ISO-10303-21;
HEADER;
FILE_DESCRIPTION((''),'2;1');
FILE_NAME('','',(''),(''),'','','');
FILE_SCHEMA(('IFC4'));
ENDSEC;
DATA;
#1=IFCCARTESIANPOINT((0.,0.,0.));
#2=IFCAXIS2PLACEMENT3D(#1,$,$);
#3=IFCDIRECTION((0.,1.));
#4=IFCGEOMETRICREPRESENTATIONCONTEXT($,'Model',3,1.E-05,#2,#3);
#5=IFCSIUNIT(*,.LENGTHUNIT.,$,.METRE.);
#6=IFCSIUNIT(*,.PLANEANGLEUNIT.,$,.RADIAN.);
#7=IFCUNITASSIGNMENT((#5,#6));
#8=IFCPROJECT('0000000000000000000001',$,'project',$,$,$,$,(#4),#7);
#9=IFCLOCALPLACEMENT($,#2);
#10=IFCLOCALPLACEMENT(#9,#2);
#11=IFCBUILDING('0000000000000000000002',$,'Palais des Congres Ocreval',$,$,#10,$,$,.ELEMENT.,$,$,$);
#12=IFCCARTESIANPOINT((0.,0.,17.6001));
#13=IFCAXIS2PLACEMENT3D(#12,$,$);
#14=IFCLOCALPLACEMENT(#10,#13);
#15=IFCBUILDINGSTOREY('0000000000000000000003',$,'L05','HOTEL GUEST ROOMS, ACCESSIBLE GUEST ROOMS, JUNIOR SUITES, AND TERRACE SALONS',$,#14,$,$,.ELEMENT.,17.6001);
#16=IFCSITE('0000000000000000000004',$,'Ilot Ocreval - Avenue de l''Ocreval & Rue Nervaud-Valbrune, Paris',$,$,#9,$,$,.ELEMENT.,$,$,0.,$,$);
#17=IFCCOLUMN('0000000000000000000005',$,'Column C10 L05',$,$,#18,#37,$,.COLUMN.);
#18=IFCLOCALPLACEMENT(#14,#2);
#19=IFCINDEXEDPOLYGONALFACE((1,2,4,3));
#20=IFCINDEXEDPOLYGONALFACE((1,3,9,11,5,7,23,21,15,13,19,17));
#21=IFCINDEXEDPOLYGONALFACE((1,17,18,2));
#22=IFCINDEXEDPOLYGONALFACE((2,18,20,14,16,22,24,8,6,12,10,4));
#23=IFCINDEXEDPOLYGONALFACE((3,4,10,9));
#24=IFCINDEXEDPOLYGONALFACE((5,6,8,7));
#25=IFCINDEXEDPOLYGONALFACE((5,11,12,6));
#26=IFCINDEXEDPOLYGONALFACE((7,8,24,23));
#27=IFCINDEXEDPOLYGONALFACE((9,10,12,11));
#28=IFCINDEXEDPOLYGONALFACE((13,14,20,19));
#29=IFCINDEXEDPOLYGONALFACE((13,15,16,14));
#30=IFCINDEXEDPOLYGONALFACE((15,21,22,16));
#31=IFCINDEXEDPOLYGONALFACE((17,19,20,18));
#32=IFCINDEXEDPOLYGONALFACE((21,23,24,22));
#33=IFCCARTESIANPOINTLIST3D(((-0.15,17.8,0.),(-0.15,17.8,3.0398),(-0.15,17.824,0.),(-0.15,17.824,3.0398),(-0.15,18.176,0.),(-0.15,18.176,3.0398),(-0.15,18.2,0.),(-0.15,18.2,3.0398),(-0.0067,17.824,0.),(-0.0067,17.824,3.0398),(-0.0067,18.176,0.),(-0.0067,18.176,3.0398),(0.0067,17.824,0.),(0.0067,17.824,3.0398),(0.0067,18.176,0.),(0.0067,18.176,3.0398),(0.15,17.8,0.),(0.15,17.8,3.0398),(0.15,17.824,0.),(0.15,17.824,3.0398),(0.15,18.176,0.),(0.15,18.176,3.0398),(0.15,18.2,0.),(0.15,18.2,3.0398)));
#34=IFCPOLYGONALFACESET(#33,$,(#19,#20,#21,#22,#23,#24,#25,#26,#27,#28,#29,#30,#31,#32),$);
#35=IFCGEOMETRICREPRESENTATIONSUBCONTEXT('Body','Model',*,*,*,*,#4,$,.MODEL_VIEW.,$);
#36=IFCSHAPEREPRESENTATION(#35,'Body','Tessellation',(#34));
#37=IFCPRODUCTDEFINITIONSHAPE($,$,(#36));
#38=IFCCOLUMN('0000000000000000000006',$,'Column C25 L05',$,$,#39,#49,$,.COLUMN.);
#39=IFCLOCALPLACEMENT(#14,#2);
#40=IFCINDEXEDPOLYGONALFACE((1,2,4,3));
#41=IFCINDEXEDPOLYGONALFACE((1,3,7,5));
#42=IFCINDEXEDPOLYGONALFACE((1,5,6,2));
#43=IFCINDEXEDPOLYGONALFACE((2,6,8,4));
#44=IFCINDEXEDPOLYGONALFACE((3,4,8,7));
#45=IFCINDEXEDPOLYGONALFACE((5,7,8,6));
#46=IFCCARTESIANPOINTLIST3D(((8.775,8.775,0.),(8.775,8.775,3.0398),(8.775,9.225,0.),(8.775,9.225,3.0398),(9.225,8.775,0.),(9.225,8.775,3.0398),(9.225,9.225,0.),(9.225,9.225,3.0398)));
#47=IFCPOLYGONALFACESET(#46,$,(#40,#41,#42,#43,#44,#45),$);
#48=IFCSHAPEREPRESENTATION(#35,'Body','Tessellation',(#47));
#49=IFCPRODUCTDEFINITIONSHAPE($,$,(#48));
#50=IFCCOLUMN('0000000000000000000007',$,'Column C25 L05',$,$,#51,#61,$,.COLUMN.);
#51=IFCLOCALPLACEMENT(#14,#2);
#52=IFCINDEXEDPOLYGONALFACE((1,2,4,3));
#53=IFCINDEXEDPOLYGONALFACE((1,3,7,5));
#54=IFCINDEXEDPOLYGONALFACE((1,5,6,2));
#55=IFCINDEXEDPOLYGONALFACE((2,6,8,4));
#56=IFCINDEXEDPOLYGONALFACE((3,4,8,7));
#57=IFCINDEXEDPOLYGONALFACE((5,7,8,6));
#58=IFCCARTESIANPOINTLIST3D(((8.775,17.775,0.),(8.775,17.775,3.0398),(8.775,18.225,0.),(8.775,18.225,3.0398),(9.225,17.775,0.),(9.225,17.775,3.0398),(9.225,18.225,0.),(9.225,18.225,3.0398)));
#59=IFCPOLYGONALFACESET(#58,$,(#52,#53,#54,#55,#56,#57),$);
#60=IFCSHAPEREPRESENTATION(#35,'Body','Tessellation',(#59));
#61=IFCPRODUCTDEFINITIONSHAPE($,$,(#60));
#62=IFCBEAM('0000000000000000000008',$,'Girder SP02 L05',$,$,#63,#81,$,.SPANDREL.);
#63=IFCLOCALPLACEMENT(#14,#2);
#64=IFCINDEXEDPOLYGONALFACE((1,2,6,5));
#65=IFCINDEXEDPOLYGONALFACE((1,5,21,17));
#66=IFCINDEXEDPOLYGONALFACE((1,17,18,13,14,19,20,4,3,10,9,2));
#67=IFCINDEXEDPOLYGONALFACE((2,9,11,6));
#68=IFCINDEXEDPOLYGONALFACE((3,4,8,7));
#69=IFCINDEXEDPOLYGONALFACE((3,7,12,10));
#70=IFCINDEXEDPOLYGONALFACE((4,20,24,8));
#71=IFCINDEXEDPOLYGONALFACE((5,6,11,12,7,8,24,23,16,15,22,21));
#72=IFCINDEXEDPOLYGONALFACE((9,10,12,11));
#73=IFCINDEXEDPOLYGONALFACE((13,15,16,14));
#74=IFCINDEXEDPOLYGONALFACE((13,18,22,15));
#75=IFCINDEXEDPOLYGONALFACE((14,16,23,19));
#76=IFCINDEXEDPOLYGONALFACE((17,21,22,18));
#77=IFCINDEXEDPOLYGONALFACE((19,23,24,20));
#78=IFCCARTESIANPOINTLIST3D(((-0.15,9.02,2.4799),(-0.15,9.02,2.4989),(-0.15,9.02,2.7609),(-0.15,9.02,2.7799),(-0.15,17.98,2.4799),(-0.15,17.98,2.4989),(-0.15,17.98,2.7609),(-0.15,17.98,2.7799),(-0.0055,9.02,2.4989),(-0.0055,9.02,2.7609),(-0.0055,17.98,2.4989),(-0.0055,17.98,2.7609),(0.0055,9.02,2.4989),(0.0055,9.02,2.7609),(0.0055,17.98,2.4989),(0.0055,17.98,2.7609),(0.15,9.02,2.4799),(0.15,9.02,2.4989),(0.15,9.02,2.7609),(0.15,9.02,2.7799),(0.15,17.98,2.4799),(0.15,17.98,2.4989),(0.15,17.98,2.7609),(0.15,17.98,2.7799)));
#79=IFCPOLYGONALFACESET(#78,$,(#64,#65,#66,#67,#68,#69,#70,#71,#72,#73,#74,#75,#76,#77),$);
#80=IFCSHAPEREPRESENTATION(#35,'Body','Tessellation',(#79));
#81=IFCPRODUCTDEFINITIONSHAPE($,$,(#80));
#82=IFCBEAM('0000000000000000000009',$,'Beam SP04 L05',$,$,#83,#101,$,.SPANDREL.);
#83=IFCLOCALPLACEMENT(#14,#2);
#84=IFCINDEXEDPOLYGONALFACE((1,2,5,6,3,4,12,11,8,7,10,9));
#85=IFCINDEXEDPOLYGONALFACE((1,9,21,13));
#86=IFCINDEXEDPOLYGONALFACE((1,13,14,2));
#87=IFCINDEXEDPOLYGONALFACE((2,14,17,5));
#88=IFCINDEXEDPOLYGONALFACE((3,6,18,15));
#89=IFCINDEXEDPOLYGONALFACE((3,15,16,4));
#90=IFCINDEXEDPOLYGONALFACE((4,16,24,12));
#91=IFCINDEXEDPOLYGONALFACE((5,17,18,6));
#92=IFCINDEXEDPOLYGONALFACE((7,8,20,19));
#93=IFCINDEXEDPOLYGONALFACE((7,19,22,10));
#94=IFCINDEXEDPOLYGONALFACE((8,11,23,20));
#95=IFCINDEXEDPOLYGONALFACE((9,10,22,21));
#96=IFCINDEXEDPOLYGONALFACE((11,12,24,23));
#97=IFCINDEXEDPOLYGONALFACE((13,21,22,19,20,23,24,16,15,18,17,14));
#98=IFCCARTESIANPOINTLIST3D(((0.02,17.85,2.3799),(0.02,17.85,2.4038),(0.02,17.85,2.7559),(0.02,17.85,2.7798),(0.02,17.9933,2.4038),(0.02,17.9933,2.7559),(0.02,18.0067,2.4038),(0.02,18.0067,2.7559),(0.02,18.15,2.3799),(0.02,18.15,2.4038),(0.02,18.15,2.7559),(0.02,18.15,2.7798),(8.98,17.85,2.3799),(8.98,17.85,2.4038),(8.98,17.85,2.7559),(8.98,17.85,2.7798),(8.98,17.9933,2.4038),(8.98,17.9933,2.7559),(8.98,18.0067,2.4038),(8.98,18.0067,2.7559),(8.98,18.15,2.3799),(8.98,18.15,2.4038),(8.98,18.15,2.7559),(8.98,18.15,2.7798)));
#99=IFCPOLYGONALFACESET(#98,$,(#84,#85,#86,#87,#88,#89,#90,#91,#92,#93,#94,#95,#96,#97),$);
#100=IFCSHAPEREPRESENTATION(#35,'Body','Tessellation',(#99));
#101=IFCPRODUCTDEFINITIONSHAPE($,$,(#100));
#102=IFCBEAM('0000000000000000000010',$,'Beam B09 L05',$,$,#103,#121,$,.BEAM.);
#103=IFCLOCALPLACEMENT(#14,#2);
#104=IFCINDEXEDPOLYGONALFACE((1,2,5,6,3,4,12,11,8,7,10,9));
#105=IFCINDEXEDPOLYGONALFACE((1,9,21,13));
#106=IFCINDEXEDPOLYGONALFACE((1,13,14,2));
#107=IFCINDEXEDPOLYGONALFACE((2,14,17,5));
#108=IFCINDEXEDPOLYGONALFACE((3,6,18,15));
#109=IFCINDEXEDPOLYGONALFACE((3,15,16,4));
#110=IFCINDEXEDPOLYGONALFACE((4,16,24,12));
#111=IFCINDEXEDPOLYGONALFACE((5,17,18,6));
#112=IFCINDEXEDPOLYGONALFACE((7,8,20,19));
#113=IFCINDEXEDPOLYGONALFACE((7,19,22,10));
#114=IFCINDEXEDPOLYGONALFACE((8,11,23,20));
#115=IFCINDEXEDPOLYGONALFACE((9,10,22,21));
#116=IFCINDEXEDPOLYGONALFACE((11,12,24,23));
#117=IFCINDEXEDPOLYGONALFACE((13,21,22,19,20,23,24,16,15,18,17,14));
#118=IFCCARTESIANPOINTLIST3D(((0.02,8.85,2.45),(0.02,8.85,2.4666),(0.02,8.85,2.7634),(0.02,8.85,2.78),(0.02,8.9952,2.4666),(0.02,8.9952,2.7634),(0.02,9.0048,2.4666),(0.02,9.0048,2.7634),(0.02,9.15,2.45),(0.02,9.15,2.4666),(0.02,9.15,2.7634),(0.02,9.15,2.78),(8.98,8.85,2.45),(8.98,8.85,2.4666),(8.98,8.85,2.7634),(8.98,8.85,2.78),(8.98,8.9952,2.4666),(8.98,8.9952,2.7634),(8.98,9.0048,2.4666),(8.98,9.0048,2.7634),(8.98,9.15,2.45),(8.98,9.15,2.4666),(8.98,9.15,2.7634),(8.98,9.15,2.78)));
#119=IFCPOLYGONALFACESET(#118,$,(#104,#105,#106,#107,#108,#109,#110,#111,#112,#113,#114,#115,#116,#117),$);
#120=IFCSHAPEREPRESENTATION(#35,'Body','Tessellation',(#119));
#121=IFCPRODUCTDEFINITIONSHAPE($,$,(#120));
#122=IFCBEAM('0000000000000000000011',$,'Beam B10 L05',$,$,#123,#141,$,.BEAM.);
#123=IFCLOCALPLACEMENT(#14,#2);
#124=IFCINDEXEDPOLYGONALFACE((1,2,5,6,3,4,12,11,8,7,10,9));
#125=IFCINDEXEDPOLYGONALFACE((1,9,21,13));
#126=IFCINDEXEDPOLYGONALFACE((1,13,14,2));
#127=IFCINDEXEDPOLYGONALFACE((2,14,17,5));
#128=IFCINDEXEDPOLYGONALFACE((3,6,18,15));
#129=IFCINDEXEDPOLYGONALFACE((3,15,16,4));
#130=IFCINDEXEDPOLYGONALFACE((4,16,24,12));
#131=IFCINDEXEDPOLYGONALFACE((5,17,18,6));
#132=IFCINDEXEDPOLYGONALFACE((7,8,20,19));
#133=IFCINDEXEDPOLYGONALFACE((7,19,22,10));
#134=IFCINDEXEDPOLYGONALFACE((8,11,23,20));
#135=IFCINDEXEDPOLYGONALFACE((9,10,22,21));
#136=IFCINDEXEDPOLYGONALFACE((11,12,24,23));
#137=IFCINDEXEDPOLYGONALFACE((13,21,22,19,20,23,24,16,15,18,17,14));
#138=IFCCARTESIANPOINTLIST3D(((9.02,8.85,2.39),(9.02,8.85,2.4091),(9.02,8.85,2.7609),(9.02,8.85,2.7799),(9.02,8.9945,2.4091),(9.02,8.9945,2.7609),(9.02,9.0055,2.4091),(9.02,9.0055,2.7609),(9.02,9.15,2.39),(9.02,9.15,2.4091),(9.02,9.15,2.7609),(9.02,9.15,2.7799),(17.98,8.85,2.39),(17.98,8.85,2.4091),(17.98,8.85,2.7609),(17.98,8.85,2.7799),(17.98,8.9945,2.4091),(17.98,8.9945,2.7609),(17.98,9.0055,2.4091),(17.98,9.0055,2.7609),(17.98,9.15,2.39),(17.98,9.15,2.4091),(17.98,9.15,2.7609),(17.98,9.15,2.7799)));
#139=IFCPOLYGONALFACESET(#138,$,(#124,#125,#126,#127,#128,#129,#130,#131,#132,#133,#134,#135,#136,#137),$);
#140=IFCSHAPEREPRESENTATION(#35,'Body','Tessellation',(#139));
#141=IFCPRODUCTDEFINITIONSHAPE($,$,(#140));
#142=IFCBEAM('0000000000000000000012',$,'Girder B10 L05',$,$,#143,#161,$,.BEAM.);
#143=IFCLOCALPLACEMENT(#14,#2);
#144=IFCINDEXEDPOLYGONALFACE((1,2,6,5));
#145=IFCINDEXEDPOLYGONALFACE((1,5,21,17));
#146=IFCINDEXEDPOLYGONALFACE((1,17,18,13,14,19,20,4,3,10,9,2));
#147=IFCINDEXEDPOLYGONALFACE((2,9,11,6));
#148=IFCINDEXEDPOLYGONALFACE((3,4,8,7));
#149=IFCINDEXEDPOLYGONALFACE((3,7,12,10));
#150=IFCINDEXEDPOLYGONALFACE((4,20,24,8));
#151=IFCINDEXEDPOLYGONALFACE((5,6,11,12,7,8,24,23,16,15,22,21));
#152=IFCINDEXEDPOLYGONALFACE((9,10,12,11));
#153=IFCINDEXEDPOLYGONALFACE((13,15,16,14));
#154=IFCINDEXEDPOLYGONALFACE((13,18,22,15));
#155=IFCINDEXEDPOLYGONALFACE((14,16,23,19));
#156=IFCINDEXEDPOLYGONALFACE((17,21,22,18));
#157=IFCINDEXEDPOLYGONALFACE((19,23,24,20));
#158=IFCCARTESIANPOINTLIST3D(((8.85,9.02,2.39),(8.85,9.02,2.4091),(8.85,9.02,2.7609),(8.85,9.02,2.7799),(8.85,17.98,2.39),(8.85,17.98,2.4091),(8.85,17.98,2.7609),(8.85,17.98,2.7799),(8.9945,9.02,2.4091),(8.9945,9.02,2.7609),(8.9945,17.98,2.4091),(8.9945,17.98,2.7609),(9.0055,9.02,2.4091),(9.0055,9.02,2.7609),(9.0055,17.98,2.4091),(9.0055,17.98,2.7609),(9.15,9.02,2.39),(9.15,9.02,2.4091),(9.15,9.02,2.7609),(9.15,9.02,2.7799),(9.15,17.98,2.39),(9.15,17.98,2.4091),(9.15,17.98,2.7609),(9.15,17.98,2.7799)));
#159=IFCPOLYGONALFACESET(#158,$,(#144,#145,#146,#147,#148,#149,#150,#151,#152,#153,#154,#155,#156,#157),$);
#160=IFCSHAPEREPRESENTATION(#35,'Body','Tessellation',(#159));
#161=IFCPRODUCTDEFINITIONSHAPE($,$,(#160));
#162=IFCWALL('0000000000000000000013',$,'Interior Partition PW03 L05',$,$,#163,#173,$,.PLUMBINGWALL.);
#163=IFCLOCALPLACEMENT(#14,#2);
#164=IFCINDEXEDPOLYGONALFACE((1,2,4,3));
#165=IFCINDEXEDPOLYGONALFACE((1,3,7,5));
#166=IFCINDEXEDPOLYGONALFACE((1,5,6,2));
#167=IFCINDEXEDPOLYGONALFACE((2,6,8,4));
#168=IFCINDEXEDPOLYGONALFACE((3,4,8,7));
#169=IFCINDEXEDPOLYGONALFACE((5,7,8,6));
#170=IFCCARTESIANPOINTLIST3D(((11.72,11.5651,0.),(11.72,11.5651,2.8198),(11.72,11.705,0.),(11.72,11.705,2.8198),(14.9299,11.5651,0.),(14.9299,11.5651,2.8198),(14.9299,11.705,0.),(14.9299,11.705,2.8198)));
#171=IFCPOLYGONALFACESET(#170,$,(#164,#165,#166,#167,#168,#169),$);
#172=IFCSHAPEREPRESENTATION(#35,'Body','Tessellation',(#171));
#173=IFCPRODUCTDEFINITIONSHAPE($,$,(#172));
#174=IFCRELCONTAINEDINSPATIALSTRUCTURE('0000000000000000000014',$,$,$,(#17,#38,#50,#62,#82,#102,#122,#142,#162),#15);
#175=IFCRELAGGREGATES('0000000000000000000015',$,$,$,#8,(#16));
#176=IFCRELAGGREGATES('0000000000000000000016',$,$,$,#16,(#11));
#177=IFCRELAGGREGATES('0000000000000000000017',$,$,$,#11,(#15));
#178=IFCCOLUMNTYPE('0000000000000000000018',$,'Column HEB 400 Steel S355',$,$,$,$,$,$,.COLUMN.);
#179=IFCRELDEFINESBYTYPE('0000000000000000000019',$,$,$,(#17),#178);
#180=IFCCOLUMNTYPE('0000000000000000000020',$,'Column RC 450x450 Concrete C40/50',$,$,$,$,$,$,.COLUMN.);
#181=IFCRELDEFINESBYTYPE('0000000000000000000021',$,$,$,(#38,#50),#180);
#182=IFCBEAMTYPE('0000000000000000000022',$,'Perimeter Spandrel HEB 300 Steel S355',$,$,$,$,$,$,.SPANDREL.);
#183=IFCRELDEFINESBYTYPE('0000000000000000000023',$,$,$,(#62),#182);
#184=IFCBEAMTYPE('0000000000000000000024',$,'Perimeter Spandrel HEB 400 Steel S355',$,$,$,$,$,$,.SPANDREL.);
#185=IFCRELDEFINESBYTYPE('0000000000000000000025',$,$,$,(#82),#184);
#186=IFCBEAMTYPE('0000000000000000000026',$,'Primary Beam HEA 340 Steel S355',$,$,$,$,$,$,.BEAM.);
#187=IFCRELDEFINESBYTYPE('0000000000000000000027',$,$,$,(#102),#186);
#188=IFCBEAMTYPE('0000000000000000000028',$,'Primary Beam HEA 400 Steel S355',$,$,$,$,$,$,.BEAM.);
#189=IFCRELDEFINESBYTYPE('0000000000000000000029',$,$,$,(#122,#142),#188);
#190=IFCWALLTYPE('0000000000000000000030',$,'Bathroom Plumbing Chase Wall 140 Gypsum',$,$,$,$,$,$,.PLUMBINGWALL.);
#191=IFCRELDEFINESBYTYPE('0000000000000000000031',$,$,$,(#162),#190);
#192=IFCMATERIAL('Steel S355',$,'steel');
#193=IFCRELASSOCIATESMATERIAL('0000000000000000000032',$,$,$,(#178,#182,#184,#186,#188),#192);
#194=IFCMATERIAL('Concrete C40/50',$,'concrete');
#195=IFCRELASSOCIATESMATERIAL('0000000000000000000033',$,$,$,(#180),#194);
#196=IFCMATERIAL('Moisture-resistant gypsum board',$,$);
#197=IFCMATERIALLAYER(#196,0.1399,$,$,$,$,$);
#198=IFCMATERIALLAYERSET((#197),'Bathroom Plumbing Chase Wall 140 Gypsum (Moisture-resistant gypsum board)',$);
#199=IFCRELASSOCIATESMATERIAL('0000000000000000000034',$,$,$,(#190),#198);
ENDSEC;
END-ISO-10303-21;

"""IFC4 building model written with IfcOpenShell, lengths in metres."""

from ifc_helpers import new_model, si_unit, direction, frame, frame_2d, origin, origin_2d, place, context, subcontext, project, spatial, rectangle, i_section, extrude, material, layer, layer_set, material_profile, profile_set, type_object, element, save


model = new_model("IFC4")

# Units and contexts
model_context = context("Model", 3, precision=1e-05, world=origin(), true_north=direction((0.0, 1.0)))
body_context = subcontext(model_context, "Body", "Model", "MODEL_VIEW")
ifc_project = project(units=[si_unit("LENGTHUNIT", "METRE"), si_unit("PLANEANGLEUNIT", "RADIAN")], contexts=[model_context])

# Site, building, storey
site_placement = place(None, origin())
site = spatial("IfcSite", under=ifc_project, at=site_placement, Name="Ilot Ocreval - Avenue de l'Ocreval & Rue Nervaud-Valbrune, Paris", CompositionType="ELEMENT", RefElevation=0.0)
building_placement = place(site_placement, origin())
building = spatial("IfcBuilding", under=site, at=building_placement, Name="Palais des Congres Ocreval", CompositionType="ELEMENT")
storey_placement = place(building_placement, frame((0.0, 0.0, 17.6001)))
storey = spatial("IfcBuildingStorey", under=building, at=storey_placement, Name="L05", Description="HOTEL GUEST ROOMS, ACCESSIBLE GUEST ROOMS, JUNIOR SUITES, AND TERRACE SALONS", CompositionType="ELEMENT", Elevation=17.6001)

# Columns
ifc_material_1 = material(Name="Steel S355", Category="steel")
ifc_material_profile_1 = material_profile(ifc_material_1, i_section(OverallWidth=0.3, OverallDepth=0.3999, WebThickness=0.0134, FlangeThickness=0.0239, at=origin_2d()), Name="HEB 400")
ifc_profile_set_1 = profile_set([ifc_material_profile_1], Name="Steel S355")
column_type_1 = type_object("IfcColumnType", Name="Column HEB 400 Steel S355", PredefinedType="COLUMN", material=ifc_profile_set_1)
column_placement = place(storey_placement, frame((0.0, 18.0, 0.0), z_axis=(0.0, 0.0, 1.0), x_axis=(1.0, 0.0, 0.0)))
element("IfcColumn", 1, at=column_placement, inside=storey, type_object=column_type_1, Name="Column C10 L05", PredefinedType="COLUMN", context=body_context, shape_type="SweptSolid", body=[
    extrude(i_section(OverallWidth=0.3, OverallDepth=0.3999, WebThickness=0.0134, FlangeThickness=0.0239, at=origin_2d()), origin(), (0.0, 0.0, 1.0), 3.0398),
])
ifc_material_2 = material(Name="Concrete C40/50", Category="concrete")
ifc_material_profile_2 = material_profile(ifc_material_2, rectangle(XDim=0.45, YDim=0.45, at=origin_2d()), Name="RC 450x450")
ifc_profile_set_2 = profile_set([ifc_material_profile_2], Name="Concrete C40/50")
column_type_2 = type_object("IfcColumnType", Name="Column RC 450x450 Concrete C40/50", PredefinedType="COLUMN", material=ifc_profile_set_2)
for number, where, z_axis, x_axis, name in (
    (2, (9.0, 9.0, 0.0), (0.0, 0.0, 1.0), (1.0, 0.0, 0.0), "Column C25 L05"),
    (3, (9.0, 18.0, 0.0), (0.0, 0.0, 1.0), (1.0, 0.0, 0.0), "Column C25 L05"),
):
    element("IfcColumn", number, at=place(storey_placement, frame(where, z_axis=z_axis, x_axis=x_axis)), inside=storey, type_object=column_type_2, Name=name, PredefinedType="COLUMN", context=body_context, shape_type="SweptSolid", body=[
        extrude(rectangle(XDim=0.45, YDim=0.45, at=origin_2d()), origin(), (0.0, 0.0, 1.0), 3.0398),
    ])

# Beams
ifc_material_profile_3 = material_profile(ifc_material_1, i_section(OverallWidth=0.3, OverallDepth=0.3, WebThickness=0.011, FlangeThickness=0.019, at=origin_2d()), Name="HEB 300")
ifc_profile_set_3 = profile_set([ifc_material_profile_3], Name="Steel S355")
beam_type_1 = type_object("IfcBeamType", Name="Perimeter Spandrel HEB 300 Steel S355", PredefinedType="SPANDREL", material=ifc_profile_set_3)
beam_1_placement = place(storey_placement, frame((0.0, 9.02, 2.6299), z_axis=(0.0, 1.0, 0.0), x_axis=(-1.0, 0.0, 0.0)))
element("IfcBeam", 4, at=beam_1_placement, inside=storey, type_object=beam_type_1, Name="Girder SP02 L05", PredefinedType="SPANDREL", context=body_context, shape_type="SweptSolid", body=[
    extrude(i_section(OverallWidth=0.3, OverallDepth=0.3, WebThickness=0.011, FlangeThickness=0.019, at=origin_2d()), origin(), (0.0, 0.0, 1.0), 8.96),
])
ifc_material_profile_4 = material_profile(ifc_material_1, i_section(OverallWidth=0.3, OverallDepth=0.3999, WebThickness=0.0134, FlangeThickness=0.0239, at=origin_2d()), Name="HEB 400")
ifc_profile_set_4 = profile_set([ifc_material_profile_4], Name="Steel S355")
beam_type_2 = type_object("IfcBeamType", Name="Perimeter Spandrel HEB 400 Steel S355", PredefinedType="SPANDREL", material=ifc_profile_set_4)
beam_2_placement = place(storey_placement, frame((0.02, 18.0, 2.5798), z_axis=(1.0, 0.0, 0.0), x_axis=(0.0, 1.0, 0.0)))
element("IfcBeam", 5, at=beam_2_placement, inside=storey, type_object=beam_type_2, Name="Beam SP04 L05", PredefinedType="SPANDREL", context=body_context, shape_type="SweptSolid", body=[
    extrude(i_section(OverallWidth=0.3, OverallDepth=0.3999, WebThickness=0.0134, FlangeThickness=0.0239, at=origin_2d()), origin(), (0.0, 0.0, 1.0), 8.96),
])
ifc_material_profile_5 = material_profile(ifc_material_1, i_section(OverallWidth=0.3, OverallDepth=0.3301, WebThickness=0.0095, FlangeThickness=0.0166, at=origin_2d()), Name="HEA 340")
ifc_profile_set_5 = profile_set([ifc_material_profile_5], Name="Steel S355")
beam_type_3 = type_object("IfcBeamType", Name="Primary Beam HEA 340 Steel S355", PredefinedType="BEAM", material=ifc_profile_set_5)
beam_3_placement = place(storey_placement, frame((0.02, 9.0, 2.615), z_axis=(1.0, 0.0, 0.0), x_axis=(0.0, 1.0, 0.0)))
element("IfcBeam", 6, at=beam_3_placement, inside=storey, type_object=beam_type_3, Name="Beam B09 L05", PredefinedType="BEAM", context=body_context, shape_type="SweptSolid", body=[
    extrude(i_section(OverallWidth=0.3, OverallDepth=0.3301, WebThickness=0.0095, FlangeThickness=0.0166, at=origin_2d()), origin(), (0.0, 0.0, 1.0), 8.96),
])
ifc_material_profile_6 = material_profile(ifc_material_1, i_section(OverallWidth=0.3, OverallDepth=0.3899, WebThickness=0.011, FlangeThickness=0.019, at=origin_2d()), Name="HEA 400")
ifc_profile_set_6 = profile_set([ifc_material_profile_6], Name="Steel S355")
beam_type_4 = type_object("IfcBeamType", Name="Primary Beam HEA 400 Steel S355", PredefinedType="BEAM", material=ifc_profile_set_6)
for number, where, z_axis, x_axis, name in (
    (7, (9.02, 9.0, 2.585), (1.0, 0.0, 0.0), (0.0, 1.0, 0.0), "Beam B10 L05"),
    (8, (9.0, 9.02, 2.585), (0.0, 1.0, 0.0), (-1.0, 0.0, 0.0), "Girder B10 L05"),
):
    element("IfcBeam", number, at=place(storey_placement, frame(where, z_axis=z_axis, x_axis=x_axis)), inside=storey, type_object=beam_type_4, Name=name, PredefinedType="BEAM", context=body_context, shape_type="SweptSolid", body=[
        extrude(i_section(OverallWidth=0.3, OverallDepth=0.3899, WebThickness=0.011, FlangeThickness=0.019, at=origin_2d()), origin(), (0.0, 0.0, 1.0), 8.96),
    ])

# Wall
ifc_material_3 = material(Name="Moisture-resistant gypsum board")
ifc_layer_1 = layer(ifc_material_3, 0.1399)
ifc_layer_set_1 = layer_set([ifc_layer_1], Name="Bathroom Plumbing Chase Wall 140 Gypsum (Moisture-resistant gypsum board)")
wall_type_1 = type_object("IfcWallType", Name="Bathroom Plumbing Chase Wall 140 Gypsum", PredefinedType="PLUMBINGWALL", material=ifc_layer_set_1)
wall_1_placement = place(storey_placement, frame((11.72, 11.635, 0.0), z_axis=(0.0, 0.0, 1.0), x_axis=(1.0, 0.0, 0.0)))
element("IfcWall", 9, at=wall_1_placement, inside=storey, type_object=wall_type_1, Name="Interior Partition PW03 L05", PredefinedType="PLUMBINGWALL", context=body_context, shape_type="SweptSolid", body=[
    extrude(rectangle(XDim=3.21, YDim=0.1399, at=frame_2d((1.605, 0.0))), origin(), (0.0, 0.0, 1.0), 2.8198),
])

save(model, "model.ifc")
